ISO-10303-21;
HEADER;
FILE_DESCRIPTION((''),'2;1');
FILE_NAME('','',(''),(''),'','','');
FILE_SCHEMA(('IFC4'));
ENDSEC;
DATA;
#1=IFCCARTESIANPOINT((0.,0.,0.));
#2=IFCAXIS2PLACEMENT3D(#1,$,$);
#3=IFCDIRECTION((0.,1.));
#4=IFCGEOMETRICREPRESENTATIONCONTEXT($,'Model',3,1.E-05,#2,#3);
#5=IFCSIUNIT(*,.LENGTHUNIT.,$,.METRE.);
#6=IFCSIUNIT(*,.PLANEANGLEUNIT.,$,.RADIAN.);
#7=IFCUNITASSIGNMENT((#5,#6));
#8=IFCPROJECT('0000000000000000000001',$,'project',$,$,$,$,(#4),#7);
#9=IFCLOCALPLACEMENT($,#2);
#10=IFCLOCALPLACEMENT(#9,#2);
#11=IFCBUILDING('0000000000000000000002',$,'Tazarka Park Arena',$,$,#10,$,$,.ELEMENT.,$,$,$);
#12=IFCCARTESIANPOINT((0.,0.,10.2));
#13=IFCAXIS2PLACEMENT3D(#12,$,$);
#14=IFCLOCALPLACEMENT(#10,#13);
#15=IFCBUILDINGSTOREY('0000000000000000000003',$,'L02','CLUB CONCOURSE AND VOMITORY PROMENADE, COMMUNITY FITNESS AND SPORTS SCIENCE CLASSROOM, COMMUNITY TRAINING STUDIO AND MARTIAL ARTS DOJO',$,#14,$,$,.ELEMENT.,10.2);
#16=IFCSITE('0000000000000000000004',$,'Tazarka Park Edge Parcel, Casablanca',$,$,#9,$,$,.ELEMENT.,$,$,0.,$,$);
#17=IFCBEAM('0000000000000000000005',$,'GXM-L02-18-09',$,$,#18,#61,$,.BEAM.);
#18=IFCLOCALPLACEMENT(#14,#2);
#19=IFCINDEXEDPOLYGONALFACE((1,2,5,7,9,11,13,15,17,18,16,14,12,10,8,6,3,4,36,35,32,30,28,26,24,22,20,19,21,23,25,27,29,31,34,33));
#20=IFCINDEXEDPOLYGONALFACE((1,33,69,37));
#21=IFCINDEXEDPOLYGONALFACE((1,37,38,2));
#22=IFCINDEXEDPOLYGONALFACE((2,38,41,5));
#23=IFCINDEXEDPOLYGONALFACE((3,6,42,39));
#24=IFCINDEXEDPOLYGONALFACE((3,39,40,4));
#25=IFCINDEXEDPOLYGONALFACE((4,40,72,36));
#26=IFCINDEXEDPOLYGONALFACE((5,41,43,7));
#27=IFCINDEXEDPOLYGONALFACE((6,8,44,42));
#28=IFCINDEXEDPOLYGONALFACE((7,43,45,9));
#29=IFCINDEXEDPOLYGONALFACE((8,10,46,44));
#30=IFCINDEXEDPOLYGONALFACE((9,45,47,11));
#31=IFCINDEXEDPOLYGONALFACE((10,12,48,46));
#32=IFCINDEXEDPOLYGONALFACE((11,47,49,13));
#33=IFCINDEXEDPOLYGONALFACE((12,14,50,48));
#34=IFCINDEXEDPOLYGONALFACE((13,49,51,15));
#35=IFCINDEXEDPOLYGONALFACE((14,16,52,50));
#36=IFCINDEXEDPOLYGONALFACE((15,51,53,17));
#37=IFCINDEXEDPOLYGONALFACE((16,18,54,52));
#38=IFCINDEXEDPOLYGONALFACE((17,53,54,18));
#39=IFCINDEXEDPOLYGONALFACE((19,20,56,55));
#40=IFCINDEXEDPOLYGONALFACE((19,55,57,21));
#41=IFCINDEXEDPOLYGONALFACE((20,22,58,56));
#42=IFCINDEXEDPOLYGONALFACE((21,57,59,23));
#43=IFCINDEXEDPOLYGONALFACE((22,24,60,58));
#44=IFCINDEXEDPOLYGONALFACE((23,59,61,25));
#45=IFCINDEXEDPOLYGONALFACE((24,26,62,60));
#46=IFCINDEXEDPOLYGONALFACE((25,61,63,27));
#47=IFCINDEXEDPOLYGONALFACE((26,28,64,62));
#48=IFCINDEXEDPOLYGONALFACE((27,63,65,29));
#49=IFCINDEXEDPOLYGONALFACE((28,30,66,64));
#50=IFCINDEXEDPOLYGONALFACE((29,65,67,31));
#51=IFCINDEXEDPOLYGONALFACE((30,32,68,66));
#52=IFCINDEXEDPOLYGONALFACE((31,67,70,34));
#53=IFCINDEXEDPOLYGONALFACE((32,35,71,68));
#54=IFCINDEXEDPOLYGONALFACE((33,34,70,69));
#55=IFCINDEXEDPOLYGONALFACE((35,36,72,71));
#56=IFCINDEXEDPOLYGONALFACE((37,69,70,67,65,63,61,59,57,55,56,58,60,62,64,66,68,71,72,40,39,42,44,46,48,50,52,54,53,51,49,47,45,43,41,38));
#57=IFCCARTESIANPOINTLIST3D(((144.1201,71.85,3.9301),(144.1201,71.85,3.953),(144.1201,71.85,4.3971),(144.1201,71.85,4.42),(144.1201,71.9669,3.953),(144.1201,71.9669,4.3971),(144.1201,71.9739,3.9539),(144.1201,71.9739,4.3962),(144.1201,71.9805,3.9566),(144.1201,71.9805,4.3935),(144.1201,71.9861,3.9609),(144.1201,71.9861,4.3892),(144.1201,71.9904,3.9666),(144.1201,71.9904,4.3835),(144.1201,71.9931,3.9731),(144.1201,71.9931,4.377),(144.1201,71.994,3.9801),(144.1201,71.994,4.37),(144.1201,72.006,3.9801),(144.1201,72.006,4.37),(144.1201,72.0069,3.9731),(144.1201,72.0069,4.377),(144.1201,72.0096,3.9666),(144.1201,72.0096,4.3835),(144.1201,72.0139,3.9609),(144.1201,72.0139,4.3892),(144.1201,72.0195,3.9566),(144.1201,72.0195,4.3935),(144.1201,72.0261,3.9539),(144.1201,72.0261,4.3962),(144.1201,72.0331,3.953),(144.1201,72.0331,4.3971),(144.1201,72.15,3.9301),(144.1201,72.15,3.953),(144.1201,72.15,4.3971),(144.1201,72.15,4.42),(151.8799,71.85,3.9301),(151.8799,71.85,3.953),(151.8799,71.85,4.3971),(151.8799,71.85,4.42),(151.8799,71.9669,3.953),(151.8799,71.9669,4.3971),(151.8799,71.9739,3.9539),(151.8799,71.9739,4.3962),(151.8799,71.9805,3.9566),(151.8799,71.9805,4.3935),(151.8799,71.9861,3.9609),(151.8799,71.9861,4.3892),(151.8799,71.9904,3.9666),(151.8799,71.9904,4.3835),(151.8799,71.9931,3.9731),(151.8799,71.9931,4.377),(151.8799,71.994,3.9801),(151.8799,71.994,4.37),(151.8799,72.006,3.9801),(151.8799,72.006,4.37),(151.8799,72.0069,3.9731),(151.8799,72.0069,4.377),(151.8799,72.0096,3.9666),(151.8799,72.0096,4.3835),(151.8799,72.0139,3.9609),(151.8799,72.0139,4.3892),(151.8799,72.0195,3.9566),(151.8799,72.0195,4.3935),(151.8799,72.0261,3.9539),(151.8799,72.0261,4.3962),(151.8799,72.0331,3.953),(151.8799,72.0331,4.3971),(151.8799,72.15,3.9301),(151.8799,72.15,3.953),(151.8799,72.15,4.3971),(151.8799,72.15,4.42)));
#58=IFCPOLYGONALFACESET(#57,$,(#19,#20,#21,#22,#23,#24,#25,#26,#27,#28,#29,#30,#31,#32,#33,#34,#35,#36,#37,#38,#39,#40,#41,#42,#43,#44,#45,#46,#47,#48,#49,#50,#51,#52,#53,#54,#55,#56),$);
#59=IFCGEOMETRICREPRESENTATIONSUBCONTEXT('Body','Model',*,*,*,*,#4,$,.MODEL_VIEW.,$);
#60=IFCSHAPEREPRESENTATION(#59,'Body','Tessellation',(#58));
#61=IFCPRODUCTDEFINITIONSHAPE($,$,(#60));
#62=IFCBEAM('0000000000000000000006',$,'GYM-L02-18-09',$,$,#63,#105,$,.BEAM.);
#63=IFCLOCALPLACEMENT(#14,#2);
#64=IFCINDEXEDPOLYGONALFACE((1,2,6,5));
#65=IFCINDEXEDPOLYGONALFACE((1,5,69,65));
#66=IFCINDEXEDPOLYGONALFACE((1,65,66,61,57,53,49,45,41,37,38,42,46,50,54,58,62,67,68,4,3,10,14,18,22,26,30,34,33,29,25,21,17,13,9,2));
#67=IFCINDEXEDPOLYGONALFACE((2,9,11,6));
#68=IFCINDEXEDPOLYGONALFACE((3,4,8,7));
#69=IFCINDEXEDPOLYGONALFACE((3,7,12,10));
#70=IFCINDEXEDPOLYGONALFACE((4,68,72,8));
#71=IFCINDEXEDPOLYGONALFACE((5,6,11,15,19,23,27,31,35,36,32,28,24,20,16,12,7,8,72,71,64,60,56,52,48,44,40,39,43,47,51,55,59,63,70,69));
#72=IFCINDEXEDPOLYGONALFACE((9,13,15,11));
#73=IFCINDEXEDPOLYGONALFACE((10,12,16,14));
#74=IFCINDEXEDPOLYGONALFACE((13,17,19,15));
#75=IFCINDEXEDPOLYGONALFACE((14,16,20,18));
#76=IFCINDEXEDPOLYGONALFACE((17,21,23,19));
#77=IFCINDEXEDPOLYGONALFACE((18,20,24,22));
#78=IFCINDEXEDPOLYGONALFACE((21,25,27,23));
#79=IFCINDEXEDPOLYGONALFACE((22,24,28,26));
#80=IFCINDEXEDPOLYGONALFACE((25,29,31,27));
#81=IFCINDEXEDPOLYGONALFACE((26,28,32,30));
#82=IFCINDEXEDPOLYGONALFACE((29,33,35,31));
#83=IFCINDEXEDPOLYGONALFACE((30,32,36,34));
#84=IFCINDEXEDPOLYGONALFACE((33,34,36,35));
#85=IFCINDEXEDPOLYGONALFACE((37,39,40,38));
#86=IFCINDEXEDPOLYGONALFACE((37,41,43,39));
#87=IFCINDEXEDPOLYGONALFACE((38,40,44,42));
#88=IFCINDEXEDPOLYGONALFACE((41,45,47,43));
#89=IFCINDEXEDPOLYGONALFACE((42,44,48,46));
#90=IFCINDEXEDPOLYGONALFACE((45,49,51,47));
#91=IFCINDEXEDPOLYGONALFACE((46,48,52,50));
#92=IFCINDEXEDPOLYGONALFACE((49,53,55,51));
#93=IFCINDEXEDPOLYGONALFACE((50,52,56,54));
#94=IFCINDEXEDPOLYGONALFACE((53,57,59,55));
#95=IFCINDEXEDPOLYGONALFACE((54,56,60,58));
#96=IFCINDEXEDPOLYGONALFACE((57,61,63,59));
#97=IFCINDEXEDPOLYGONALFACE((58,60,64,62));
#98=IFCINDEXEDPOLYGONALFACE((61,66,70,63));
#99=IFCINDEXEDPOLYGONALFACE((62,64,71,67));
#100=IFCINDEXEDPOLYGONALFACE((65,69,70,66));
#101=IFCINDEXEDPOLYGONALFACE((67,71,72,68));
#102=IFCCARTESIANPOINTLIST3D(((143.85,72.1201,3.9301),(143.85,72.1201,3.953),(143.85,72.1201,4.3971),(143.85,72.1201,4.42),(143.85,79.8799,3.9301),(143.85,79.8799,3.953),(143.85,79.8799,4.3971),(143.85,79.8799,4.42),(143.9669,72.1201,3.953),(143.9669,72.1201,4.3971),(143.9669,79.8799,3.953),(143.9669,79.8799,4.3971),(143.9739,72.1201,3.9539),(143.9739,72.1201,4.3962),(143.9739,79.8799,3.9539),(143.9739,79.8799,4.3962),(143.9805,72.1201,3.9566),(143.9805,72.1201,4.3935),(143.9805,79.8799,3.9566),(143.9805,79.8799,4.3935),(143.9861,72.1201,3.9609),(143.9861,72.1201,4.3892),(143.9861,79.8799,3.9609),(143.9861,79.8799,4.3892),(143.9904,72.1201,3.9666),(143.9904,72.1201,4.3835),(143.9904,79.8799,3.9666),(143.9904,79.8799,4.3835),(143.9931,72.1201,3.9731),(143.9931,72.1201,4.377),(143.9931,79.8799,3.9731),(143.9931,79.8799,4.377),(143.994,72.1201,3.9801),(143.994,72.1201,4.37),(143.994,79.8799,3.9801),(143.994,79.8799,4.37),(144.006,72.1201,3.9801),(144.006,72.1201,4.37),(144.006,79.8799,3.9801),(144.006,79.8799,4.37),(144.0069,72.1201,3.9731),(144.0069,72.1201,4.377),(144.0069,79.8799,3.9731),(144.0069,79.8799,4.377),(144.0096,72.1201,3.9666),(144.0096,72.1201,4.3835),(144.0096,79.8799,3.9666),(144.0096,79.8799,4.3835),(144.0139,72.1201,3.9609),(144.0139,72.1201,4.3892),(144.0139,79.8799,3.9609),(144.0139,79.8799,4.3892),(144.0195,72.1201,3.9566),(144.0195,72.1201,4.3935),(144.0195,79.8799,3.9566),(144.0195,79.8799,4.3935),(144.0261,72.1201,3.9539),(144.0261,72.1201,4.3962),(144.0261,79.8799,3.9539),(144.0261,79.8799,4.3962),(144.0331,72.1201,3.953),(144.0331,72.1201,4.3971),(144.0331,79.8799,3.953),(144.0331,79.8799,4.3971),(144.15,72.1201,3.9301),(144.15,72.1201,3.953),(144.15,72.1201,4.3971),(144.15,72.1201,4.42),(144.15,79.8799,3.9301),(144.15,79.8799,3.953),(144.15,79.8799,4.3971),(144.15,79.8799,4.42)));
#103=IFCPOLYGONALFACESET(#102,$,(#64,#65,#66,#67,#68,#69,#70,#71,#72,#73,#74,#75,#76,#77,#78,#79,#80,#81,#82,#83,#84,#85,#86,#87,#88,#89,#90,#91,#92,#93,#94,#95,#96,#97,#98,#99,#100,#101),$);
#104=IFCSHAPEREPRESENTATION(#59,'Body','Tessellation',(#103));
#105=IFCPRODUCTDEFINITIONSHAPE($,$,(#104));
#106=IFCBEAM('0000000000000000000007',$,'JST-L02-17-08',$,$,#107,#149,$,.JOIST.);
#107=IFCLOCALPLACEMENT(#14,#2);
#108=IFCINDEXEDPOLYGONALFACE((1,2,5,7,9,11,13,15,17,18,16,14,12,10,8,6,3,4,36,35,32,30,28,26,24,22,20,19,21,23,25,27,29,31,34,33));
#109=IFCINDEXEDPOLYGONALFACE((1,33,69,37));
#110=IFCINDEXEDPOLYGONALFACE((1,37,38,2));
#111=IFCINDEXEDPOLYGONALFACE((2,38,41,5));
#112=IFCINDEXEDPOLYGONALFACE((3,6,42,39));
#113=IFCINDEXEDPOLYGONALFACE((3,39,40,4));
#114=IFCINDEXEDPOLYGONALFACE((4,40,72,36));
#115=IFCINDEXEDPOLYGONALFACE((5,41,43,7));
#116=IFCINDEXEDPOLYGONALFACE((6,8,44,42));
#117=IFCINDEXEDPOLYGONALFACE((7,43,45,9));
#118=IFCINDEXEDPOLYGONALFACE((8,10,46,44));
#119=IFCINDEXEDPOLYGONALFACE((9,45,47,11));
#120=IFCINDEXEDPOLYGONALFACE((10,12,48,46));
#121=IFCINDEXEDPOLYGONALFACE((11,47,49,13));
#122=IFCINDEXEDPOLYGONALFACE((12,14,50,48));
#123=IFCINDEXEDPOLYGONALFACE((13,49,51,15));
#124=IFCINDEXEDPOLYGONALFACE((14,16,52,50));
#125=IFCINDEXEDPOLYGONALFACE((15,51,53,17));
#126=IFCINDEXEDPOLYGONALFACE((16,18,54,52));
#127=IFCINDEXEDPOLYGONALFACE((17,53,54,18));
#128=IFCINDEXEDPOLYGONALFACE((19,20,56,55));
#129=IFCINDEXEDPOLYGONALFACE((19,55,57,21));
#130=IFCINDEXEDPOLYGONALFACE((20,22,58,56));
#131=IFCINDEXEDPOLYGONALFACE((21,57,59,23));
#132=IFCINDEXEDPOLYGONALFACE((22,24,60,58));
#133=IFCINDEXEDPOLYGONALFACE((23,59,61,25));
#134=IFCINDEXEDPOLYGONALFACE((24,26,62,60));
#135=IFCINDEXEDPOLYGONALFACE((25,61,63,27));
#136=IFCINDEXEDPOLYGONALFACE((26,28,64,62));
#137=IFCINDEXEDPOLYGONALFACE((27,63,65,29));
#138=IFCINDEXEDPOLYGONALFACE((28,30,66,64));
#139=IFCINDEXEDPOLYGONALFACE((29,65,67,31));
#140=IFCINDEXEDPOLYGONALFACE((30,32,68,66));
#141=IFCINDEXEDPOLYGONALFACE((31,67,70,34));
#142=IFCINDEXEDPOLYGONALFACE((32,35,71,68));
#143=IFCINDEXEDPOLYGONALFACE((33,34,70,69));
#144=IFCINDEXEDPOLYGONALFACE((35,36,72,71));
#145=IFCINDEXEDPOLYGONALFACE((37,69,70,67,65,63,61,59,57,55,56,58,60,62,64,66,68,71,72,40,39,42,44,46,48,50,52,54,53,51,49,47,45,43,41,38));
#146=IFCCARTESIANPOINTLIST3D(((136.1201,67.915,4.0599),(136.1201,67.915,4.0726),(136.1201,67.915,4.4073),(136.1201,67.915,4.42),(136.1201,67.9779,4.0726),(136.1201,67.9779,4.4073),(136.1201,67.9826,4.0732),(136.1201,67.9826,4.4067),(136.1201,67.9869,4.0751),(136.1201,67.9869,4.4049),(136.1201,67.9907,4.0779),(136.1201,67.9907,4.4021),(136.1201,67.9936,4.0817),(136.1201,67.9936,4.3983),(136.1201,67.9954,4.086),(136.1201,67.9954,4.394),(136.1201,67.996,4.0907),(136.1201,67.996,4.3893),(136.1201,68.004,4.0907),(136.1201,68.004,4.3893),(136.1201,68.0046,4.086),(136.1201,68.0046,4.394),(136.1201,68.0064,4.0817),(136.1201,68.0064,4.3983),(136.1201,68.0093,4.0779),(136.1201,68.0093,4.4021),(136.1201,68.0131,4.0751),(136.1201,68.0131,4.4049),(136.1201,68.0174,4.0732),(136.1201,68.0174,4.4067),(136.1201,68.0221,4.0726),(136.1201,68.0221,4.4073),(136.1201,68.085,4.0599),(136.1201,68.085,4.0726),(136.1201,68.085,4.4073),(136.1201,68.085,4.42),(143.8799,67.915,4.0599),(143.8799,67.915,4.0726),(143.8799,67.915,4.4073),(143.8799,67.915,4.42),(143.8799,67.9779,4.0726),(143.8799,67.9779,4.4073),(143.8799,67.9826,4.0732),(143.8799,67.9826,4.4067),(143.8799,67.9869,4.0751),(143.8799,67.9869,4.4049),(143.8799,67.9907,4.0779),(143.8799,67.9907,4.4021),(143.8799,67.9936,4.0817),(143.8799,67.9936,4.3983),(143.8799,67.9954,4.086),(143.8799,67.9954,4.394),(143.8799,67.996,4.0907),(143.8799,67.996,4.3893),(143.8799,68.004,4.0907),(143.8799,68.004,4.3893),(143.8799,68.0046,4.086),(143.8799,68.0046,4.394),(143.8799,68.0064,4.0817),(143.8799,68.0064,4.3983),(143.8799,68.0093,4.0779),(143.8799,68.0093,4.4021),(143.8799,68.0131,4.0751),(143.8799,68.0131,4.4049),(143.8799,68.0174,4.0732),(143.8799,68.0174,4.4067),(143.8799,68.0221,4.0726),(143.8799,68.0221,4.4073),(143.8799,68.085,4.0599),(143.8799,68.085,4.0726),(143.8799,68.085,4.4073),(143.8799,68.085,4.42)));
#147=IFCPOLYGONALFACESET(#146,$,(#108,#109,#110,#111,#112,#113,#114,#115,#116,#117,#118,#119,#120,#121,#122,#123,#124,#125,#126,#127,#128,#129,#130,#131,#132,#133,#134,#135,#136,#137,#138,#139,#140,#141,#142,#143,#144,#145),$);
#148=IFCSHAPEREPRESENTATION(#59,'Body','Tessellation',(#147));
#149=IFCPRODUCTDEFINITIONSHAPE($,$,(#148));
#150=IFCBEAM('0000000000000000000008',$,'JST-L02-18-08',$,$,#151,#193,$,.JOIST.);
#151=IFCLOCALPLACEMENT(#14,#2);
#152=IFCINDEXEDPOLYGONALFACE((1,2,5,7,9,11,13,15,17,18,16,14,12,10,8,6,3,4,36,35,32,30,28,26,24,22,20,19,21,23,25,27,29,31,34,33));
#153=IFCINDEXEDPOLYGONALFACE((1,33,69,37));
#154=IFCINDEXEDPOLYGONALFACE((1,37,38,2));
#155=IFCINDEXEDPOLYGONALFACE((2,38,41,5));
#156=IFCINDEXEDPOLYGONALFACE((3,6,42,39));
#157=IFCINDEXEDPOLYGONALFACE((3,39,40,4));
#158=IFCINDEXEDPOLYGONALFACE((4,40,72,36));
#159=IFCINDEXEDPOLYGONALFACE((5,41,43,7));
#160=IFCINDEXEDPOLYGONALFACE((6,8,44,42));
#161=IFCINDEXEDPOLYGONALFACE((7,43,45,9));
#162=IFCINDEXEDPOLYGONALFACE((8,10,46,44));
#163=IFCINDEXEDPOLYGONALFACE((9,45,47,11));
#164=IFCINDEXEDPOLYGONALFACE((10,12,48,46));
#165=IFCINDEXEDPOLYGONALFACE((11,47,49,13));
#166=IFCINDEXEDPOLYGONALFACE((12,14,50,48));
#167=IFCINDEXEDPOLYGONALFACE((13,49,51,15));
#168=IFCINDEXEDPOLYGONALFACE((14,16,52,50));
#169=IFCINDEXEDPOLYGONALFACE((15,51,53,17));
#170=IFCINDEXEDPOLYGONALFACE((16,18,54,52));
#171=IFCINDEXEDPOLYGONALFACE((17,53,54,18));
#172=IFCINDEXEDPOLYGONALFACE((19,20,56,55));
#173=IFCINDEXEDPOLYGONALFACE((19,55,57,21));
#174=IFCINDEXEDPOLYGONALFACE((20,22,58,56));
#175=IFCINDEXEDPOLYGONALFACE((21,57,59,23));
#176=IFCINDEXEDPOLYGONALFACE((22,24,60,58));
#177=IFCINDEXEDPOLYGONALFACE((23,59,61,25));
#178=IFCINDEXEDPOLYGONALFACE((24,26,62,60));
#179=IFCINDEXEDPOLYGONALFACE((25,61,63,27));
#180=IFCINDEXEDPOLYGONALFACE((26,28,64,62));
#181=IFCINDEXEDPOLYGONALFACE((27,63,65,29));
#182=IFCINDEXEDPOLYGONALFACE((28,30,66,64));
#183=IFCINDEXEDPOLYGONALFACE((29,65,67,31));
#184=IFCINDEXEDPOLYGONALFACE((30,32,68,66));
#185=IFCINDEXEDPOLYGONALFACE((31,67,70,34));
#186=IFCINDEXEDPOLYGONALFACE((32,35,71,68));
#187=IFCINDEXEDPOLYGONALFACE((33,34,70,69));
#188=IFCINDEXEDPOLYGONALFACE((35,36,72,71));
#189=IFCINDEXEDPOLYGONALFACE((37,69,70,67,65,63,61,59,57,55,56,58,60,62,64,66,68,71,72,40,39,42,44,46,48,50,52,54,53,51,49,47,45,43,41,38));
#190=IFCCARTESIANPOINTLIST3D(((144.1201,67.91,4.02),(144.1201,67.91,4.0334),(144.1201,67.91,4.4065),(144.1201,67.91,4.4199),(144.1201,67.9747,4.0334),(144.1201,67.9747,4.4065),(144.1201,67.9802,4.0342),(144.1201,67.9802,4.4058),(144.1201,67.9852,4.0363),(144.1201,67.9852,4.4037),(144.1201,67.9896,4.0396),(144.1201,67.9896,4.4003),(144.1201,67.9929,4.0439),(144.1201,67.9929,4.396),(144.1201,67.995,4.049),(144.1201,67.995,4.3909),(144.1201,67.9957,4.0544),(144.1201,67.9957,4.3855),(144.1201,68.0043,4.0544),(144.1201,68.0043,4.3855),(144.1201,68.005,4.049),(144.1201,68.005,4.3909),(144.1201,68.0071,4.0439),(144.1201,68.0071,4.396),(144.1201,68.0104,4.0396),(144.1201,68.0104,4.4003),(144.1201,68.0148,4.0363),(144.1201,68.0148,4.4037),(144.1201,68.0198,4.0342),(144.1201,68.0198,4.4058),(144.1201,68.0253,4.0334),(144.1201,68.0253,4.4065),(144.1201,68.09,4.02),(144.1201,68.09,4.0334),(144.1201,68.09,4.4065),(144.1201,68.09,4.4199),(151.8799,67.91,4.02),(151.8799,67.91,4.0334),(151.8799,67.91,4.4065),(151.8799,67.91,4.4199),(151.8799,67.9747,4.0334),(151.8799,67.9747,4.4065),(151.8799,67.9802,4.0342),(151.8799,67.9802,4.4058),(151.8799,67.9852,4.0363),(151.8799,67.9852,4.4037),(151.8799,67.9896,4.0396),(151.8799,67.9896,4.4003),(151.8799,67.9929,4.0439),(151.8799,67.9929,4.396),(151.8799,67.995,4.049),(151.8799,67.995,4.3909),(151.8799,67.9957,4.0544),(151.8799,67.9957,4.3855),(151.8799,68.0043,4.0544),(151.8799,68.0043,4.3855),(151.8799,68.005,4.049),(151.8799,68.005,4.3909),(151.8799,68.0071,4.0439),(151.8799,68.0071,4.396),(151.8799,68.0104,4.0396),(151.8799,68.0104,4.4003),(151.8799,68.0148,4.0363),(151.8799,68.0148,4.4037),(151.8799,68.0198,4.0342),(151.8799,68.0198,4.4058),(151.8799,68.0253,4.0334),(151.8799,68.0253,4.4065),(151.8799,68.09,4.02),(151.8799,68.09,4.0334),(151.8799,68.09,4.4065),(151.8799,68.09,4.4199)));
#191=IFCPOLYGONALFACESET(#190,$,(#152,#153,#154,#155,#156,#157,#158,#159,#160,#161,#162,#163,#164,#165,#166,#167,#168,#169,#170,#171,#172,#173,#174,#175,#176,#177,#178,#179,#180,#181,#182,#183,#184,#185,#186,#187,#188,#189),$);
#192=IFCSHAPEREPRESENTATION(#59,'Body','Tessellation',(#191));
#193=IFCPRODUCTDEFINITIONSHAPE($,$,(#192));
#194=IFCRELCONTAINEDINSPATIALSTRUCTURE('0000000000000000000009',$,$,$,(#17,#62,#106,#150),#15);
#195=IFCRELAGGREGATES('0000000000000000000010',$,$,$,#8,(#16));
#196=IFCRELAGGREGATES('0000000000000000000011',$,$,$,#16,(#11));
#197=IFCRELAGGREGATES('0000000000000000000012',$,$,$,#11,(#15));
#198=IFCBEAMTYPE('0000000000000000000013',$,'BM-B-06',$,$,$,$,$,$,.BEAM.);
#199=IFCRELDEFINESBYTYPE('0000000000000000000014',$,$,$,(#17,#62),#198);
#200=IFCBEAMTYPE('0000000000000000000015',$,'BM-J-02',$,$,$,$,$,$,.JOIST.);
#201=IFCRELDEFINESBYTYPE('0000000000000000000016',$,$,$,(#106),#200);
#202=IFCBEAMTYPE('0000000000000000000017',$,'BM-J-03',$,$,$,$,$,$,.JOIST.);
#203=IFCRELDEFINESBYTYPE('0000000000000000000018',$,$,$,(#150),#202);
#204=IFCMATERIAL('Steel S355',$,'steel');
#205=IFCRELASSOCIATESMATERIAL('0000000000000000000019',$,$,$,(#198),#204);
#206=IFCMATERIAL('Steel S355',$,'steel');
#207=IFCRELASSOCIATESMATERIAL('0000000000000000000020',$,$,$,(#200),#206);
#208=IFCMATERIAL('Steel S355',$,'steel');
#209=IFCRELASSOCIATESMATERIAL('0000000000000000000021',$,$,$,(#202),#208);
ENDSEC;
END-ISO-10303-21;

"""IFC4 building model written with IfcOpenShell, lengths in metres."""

from ifc_helpers import new_model, si_unit, direction, frame, origin, origin_2d, place, context, subcontext, project, spatial, i_section, extrude, material, material_profile, profile_set, type_object, element, save


model = new_model("IFC4")

# Units and contexts
model_context = context("Model", 3, precision=1e-05, world=origin(), true_north=direction((0.0, 1.0)))
body_context = subcontext(model_context, "Body", "Model", "MODEL_VIEW")
ifc_project = project(units=[si_unit("LENGTHUNIT", "METRE"), si_unit("PLANEANGLEUNIT", "RADIAN")], contexts=[model_context])

# Site, building, storey
site_placement = place(None, origin())
site = spatial("IfcSite", under=ifc_project, at=site_placement, Name="Tazarka Park Edge Parcel, Casablanca", CompositionType="ELEMENT", RefElevation=0.0)
building_placement = place(site_placement, origin())
building = spatial("IfcBuilding", under=site, at=building_placement, Name="Tazarka Park Arena", CompositionType="ELEMENT")
storey_placement = place(building_placement, frame((0.0, 0.0, 10.2)))
storey = spatial("IfcBuildingStorey", under=building, at=storey_placement, Name="L02", Description="CLUB CONCOURSE AND VOMITORY PROMENADE, COMMUNITY FITNESS AND SPORTS SCIENCE CLASSROOM, COMMUNITY TRAINING STUDIO AND MARTIAL ARTS DOJO", CompositionType="ELEMENT", Elevation=10.2)

# Beams
ifc_material_1 = material(Name="Steel S355", Category="steel")
ifc_material_profile_1 = material_profile(ifc_material_1, i_section(OverallWidth=0.3, OverallDepth=0.49, WebThickness=0.012, FlangeThickness=0.0229, FilletRadius=0.0271, at=origin_2d()), Name="Steel S355")
ifc_profile_set_1 = profile_set([ifc_material_profile_1], Name="Steel S355")
beam_type_1 = type_object("IfcBeamType", Name="BM-B-06", PredefinedType="BEAM", material=ifc_profile_set_1)
for number, where, z_axis, x_axis, name in (
    (1, (144.1201, 72.0, 4.175), (1.0, 0.0, 0.0), (0.0, 1.0, 0.0), "GXM-L02-18-09"),
    (2, (144.0, 72.1201, 4.175), (0.0, 1.0, 0.0), (-1.0, 0.0, 0.0), "GYM-L02-18-09"),
):
    element("IfcBeam", number, at=place(storey_placement, frame(where, z_axis=z_axis, x_axis=x_axis)), inside=storey, type_object=beam_type_1, Name=name, PredefinedType="BEAM", context=body_context, shape_type="SweptSolid", body=[
        extrude(i_section(OverallWidth=0.3, OverallDepth=0.49, WebThickness=0.012, FlangeThickness=0.0229, FilletRadius=0.0271, at=origin_2d()), origin(), (0.0, 0.0, 1.0), 7.7598),
    ])
ifc_material_2 = material(Name="Steel S355", Category="steel")
ifc_material_profile_2 = material_profile(ifc_material_2, i_section(OverallWidth=0.1699, OverallDepth=0.3601, WebThickness=0.0081, FlangeThickness=0.0127, FilletRadius=0.0181, at=origin_2d()), Name="Steel S355")
ifc_profile_set_2 = profile_set([ifc_material_profile_2], Name="Steel S355")
beam_type_2 = type_object("IfcBeamType", Name="BM-J-02", PredefinedType="JOIST", material=ifc_profile_set_2)
beam_1_placement = place(storey_placement, frame((136.1201, 68.0, 4.24), z_axis=(1.0, 0.0, 0.0), x_axis=(0.0, 1.0, 0.0)))
element("IfcBeam", 3, at=beam_1_placement, inside=storey, type_object=beam_type_2, Name="JST-L02-17-08", PredefinedType="JOIST", context=body_context, shape_type="SweptSolid", body=[
    extrude(i_section(OverallWidth=0.1699, OverallDepth=0.3601, WebThickness=0.0081, FlangeThickness=0.0127, FilletRadius=0.0181, at=origin_2d()), origin(), (0.0, 0.0, 1.0), 7.7598),
])
ifc_material_3 = material(Name="Steel S355", Category="steel")
ifc_material_profile_3 = material_profile(ifc_material_3, i_section(OverallWidth=0.1799, OverallDepth=0.3999, WebThickness=0.0085, FlangeThickness=0.0134, FilletRadius=0.021, at=origin_2d()), Name="Steel S355")
ifc_profile_set_3 = profile_set([ifc_material_profile_3], Name="Steel S355")
beam_type_3 = type_object("IfcBeamType", Name="BM-J-03", PredefinedType="JOIST", material=ifc_profile_set_3)
beam_2_placement = place(storey_placement, frame((144.1201, 68.0, 4.22), z_axis=(1.0, 0.0, 0.0), x_axis=(0.0, 1.0, 0.0)))
element("IfcBeam", 4, at=beam_2_placement, inside=storey, type_object=beam_type_3, Name="JST-L02-18-08", PredefinedType="JOIST", context=body_context, shape_type="SweptSolid", body=[
    extrude(i_section(OverallWidth=0.1799, OverallDepth=0.3999, WebThickness=0.0085, FlangeThickness=0.0134, FilletRadius=0.021, at=origin_2d()), origin(), (0.0, 0.0, 1.0), 7.7598),
])

save(model, "model.ifc")
